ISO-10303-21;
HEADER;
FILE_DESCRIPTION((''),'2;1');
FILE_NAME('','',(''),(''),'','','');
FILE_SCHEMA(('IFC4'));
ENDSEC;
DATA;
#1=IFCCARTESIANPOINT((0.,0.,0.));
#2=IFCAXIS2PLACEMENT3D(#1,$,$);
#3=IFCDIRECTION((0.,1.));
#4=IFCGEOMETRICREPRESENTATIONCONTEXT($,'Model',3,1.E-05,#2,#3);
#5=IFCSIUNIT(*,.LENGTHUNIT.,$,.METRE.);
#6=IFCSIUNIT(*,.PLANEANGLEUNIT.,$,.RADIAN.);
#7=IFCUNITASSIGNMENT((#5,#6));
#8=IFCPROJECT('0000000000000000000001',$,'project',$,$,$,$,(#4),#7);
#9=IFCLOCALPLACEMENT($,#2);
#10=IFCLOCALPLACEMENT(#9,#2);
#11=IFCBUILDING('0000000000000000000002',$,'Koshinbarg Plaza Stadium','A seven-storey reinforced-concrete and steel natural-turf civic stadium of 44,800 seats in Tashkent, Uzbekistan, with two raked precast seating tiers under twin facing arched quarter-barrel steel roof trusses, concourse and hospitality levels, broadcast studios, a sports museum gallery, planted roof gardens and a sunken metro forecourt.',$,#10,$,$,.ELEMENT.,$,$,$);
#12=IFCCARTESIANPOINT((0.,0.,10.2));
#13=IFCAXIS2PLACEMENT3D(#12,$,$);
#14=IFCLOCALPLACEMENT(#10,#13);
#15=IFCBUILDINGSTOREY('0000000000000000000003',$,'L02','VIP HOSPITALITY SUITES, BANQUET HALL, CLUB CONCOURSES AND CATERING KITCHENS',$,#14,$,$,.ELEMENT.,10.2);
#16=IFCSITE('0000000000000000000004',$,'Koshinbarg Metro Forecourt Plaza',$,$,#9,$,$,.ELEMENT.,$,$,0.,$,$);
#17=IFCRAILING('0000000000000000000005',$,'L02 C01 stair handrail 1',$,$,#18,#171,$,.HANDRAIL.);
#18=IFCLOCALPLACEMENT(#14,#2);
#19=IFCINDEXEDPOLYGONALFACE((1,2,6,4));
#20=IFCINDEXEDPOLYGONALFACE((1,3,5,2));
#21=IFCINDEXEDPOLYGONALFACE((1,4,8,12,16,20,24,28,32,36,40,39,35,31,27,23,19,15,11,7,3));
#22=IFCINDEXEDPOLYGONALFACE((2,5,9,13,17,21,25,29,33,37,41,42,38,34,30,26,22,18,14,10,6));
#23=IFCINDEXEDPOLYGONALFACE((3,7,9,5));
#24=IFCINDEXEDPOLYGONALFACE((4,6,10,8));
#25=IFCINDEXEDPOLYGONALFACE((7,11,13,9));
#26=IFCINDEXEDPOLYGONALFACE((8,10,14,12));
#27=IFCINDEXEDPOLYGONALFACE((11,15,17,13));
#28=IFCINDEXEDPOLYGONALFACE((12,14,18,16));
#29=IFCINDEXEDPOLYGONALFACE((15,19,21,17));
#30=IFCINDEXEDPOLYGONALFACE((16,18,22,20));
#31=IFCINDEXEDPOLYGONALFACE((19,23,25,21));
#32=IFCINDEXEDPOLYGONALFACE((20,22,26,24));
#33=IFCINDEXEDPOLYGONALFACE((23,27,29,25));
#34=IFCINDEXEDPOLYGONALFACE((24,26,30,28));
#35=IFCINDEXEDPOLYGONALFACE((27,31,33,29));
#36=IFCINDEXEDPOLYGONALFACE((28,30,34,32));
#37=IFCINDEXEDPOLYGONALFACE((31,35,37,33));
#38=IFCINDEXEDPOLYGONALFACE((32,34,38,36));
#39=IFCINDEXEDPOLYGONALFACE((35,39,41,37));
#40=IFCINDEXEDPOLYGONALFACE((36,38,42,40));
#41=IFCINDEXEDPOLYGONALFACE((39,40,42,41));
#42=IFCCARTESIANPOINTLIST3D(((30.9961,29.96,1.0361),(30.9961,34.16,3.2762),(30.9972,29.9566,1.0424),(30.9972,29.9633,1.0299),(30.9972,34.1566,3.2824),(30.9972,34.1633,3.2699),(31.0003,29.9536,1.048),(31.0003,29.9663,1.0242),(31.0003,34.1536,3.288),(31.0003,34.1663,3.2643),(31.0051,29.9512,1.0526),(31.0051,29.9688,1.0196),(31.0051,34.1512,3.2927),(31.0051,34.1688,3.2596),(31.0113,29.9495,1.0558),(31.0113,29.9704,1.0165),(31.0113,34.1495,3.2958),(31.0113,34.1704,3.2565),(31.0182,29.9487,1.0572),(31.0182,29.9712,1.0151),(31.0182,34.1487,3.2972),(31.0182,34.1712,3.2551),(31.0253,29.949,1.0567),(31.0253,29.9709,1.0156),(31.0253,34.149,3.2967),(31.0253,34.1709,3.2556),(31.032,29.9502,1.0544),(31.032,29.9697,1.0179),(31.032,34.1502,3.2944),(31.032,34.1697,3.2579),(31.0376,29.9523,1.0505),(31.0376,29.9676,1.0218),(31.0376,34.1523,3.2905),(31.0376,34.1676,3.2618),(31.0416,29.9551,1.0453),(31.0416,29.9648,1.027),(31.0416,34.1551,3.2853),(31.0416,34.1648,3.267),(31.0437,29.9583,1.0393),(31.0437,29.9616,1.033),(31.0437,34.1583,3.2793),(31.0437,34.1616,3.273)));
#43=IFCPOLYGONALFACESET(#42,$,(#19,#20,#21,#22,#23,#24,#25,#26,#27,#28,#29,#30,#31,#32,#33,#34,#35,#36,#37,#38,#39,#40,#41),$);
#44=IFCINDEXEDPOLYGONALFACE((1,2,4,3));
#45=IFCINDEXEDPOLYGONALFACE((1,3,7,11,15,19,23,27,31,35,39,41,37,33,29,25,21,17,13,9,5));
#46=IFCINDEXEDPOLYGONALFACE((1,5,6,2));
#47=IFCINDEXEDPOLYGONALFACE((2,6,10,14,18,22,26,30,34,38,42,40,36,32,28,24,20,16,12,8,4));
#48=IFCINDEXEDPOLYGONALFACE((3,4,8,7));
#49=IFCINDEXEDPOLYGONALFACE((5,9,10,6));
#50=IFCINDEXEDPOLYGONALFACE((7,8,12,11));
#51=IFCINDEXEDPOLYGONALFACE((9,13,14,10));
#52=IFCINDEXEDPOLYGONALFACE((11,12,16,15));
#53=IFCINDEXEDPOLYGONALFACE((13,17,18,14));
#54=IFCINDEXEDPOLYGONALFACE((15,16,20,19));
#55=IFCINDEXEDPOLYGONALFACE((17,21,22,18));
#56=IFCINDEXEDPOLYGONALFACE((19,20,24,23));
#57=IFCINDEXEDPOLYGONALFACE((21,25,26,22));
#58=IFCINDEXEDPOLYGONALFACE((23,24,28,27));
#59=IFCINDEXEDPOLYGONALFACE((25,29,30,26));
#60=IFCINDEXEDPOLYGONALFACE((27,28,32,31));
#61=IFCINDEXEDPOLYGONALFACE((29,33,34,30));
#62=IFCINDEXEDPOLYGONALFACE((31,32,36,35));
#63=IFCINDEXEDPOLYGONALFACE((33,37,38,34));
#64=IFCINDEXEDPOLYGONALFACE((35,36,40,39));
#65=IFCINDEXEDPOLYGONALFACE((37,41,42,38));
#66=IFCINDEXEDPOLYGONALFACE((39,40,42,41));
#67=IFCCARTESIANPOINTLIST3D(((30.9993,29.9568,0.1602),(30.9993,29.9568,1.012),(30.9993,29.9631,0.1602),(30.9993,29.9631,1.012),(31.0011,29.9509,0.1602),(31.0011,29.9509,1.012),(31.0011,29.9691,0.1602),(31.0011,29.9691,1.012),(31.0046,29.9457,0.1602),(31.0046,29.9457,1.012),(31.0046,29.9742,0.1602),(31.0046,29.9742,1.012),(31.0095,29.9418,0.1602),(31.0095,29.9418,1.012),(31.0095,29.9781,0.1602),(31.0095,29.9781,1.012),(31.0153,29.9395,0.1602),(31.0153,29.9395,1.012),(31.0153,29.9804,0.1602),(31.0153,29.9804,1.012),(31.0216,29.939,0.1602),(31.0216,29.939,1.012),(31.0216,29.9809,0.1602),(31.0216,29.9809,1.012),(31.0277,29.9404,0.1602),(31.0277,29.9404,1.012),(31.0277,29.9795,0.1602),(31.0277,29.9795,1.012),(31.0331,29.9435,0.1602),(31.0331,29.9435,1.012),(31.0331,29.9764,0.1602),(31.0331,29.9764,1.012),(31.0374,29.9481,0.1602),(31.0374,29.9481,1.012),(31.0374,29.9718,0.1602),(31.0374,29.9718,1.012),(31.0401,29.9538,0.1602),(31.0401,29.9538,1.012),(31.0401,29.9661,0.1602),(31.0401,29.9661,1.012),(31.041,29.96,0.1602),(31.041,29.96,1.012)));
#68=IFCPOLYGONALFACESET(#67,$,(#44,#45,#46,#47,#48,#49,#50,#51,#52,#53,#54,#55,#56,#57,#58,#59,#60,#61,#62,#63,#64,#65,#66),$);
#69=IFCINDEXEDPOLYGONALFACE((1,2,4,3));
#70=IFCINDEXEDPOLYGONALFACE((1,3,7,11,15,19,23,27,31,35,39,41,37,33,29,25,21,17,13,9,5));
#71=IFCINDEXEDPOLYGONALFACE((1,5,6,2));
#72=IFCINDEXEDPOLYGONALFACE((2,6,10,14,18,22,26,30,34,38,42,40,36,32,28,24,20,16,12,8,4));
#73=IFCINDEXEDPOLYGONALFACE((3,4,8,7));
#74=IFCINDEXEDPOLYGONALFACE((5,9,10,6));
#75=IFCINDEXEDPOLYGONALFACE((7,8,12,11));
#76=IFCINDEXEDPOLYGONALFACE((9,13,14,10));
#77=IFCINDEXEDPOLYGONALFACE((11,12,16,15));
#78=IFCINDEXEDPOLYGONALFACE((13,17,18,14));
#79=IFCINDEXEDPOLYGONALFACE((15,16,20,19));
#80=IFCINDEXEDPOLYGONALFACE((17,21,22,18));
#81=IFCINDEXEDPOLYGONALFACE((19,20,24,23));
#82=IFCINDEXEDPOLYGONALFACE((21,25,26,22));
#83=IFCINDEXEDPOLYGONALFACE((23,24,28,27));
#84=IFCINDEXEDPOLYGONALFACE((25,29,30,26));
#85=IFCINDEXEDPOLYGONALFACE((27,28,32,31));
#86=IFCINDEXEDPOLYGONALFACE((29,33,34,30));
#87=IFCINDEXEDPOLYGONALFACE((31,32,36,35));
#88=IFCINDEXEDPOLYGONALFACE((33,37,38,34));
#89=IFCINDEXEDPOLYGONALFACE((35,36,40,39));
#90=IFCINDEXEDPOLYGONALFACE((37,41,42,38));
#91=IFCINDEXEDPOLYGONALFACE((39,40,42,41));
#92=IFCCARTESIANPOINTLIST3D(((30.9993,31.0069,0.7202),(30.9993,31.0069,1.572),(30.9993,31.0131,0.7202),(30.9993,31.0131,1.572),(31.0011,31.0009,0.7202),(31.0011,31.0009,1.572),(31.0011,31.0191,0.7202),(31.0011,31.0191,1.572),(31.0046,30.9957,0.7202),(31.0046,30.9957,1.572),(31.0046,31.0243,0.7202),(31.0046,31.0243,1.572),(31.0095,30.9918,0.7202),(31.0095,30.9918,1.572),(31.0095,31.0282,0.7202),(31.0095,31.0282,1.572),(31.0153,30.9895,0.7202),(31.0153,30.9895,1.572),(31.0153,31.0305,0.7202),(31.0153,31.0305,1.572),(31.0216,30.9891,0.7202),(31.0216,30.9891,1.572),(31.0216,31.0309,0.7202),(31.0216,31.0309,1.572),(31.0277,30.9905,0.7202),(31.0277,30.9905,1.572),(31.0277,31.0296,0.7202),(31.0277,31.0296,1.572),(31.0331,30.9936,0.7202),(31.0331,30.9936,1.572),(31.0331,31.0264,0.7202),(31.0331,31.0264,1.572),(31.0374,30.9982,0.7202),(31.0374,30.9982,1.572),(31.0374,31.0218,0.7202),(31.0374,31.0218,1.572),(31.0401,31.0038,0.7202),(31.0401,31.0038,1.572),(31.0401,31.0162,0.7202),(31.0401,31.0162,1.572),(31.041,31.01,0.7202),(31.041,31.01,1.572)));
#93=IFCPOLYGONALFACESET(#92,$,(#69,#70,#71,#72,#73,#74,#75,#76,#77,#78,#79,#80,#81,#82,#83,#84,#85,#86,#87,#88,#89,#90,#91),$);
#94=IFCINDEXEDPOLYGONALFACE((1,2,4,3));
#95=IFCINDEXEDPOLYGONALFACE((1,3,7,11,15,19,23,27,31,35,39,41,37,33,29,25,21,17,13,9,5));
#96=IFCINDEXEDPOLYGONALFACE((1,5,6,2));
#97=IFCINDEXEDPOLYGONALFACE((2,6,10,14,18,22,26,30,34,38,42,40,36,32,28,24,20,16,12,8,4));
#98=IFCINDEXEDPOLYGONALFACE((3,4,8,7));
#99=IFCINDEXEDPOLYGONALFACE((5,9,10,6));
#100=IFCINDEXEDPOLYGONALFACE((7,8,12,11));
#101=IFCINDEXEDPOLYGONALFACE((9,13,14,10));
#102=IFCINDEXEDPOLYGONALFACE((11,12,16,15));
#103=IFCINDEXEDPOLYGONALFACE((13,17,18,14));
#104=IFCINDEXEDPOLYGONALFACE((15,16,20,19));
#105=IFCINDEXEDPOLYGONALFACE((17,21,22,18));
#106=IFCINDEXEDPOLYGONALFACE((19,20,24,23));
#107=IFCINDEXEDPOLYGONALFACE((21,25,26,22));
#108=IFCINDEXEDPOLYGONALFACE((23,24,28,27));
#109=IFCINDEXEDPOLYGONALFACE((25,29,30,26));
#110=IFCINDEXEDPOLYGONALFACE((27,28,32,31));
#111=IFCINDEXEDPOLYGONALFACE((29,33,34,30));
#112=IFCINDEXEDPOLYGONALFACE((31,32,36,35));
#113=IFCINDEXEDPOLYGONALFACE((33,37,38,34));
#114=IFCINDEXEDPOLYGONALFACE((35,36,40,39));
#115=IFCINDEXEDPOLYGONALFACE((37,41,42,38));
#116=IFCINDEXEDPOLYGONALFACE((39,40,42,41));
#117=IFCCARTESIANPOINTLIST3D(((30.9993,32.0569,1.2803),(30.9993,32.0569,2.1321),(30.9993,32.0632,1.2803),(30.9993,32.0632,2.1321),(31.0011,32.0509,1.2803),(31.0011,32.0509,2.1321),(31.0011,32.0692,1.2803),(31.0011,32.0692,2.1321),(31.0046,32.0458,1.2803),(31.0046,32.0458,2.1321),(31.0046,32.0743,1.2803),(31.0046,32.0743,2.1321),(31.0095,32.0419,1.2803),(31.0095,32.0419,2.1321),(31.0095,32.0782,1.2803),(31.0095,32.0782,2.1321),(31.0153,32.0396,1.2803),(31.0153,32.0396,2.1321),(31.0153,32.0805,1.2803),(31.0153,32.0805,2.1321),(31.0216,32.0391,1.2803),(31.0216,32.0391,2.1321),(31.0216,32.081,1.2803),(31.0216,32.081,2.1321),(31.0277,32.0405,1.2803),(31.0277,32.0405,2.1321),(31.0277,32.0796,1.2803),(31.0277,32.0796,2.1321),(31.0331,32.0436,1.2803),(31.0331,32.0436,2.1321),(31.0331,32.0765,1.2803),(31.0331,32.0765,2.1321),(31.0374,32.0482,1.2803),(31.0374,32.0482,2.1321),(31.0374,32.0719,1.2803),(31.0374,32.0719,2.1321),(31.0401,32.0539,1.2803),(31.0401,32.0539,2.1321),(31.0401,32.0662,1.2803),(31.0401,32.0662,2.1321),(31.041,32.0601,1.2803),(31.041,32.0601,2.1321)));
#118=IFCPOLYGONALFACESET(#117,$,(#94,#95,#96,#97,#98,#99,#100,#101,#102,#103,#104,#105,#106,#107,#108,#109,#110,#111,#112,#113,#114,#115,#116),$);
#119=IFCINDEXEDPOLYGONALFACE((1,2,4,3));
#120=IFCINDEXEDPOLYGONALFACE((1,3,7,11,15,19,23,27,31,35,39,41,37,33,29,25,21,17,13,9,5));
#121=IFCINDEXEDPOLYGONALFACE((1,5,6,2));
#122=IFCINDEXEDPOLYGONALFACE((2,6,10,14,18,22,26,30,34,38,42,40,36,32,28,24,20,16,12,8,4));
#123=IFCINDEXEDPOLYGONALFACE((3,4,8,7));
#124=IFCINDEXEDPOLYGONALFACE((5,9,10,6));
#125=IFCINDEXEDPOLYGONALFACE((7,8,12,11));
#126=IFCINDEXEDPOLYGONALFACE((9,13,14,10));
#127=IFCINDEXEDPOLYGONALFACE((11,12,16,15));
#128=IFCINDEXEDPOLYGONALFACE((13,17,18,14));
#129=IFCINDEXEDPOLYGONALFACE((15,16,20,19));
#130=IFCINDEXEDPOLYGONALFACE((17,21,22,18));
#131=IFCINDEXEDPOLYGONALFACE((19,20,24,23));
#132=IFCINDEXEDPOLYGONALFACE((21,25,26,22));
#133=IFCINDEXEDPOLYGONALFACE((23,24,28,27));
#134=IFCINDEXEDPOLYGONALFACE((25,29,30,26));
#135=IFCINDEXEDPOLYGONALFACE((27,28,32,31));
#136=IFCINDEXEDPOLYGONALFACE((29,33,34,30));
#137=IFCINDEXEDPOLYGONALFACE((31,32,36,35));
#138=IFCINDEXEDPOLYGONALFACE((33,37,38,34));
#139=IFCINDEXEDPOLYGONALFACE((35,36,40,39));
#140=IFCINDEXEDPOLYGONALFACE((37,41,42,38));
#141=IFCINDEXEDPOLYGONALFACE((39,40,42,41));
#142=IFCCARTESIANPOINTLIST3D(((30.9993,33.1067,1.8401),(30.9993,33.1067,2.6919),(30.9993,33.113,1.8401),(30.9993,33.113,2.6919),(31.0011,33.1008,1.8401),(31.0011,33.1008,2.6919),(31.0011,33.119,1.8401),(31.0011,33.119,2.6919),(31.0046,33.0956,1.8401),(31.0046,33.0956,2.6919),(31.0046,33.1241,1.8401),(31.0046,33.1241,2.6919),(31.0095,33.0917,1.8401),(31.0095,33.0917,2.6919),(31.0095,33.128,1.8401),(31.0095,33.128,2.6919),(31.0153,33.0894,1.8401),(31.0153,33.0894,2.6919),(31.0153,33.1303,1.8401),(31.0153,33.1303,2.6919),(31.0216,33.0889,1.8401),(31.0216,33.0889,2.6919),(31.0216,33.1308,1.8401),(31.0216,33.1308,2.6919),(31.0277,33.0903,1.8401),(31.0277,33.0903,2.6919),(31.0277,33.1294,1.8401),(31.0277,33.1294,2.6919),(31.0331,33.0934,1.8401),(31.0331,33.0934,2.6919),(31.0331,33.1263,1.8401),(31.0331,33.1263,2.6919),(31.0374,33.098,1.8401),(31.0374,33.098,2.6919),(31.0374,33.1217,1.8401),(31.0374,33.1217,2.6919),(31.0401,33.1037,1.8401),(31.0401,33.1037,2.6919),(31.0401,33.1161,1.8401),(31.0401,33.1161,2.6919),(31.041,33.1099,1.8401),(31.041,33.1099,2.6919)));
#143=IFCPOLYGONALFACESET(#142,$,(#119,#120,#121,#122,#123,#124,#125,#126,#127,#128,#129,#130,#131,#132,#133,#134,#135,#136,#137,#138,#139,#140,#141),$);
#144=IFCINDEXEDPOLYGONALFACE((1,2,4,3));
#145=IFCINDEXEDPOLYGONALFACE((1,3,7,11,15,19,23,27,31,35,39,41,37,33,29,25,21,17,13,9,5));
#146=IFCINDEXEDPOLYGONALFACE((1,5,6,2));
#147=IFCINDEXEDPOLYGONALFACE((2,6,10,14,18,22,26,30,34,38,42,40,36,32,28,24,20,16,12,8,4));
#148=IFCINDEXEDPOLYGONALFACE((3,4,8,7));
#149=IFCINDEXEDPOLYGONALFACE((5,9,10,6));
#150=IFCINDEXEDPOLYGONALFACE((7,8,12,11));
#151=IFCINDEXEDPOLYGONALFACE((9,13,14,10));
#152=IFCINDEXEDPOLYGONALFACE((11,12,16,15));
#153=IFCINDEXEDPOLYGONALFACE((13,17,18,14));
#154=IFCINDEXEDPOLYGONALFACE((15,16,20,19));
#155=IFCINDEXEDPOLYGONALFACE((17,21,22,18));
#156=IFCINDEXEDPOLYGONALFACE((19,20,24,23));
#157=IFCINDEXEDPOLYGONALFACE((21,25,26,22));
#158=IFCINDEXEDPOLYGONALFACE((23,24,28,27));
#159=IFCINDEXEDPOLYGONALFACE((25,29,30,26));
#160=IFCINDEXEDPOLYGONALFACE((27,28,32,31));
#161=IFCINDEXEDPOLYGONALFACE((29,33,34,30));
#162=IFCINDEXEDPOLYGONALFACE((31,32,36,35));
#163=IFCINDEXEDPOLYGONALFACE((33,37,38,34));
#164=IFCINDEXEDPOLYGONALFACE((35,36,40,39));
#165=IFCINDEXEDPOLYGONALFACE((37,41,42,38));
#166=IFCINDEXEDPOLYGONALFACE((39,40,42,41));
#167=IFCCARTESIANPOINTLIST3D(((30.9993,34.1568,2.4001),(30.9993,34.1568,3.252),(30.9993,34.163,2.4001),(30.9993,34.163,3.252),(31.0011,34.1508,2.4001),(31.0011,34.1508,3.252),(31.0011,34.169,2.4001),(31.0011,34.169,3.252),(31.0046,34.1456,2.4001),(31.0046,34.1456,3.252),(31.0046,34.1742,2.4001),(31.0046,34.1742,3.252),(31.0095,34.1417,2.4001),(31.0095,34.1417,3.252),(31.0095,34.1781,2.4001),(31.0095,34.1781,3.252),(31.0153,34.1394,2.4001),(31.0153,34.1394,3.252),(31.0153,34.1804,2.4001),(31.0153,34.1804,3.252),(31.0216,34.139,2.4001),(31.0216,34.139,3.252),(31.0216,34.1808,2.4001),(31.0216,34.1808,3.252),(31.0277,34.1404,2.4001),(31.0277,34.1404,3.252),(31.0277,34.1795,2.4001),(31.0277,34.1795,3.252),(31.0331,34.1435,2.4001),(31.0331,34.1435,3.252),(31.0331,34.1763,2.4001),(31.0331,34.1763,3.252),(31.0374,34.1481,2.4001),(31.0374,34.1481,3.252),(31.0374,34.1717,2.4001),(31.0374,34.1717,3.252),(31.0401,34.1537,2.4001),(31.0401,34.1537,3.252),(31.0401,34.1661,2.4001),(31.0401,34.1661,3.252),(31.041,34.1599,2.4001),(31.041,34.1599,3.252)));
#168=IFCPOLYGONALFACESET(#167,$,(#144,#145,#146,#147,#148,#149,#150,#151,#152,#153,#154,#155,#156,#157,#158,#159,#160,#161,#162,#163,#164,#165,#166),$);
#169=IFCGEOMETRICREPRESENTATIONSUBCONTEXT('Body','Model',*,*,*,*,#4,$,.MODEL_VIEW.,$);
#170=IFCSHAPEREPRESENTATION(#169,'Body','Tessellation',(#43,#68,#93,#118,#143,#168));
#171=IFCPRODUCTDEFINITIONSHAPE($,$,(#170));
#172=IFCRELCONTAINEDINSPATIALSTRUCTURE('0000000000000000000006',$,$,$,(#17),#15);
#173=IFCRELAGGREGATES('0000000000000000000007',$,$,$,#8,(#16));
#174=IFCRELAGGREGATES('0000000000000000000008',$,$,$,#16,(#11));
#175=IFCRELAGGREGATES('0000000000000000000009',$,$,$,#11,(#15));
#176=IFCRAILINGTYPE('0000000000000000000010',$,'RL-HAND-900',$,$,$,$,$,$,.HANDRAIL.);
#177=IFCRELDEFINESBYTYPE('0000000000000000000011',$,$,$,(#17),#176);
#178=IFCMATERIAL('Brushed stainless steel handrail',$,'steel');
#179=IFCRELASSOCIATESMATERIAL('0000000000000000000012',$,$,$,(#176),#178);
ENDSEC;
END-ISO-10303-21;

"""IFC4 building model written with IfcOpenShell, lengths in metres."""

from ifc_helpers import new_model, si_unit, direction, frame, origin, origin_2d, place, context, subcontext, project, spatial, circle, extrude, material, type_object, element, save


model = new_model("IFC4")

# Units and contexts
model_context = context("Model", 3, precision=1e-05, world=origin(), true_north=direction((0.0, 1.0)))
body_context = subcontext(model_context, "Body", "Model", "MODEL_VIEW")
ifc_project = project(units=[si_unit("LENGTHUNIT", "METRE"), si_unit("PLANEANGLEUNIT", "RADIAN")], contexts=[model_context])

# Site, building, storey
site_placement = place(None, origin())
site = spatial("IfcSite", under=ifc_project, at=site_placement, Name="Koshinbarg Metro Forecourt Plaza", CompositionType="ELEMENT", RefElevation=0.0)
building_placement = place(site_placement, origin())
building = spatial("IfcBuilding", under=site, at=building_placement, Name="Koshinbarg Plaza Stadium", Description="A seven-storey reinforced-concrete and steel natural-turf civic stadium of 44,800 seats in Tashkent, Uzbekistan, with two raked precast seating tiers under twin facing arched quarter-barrel steel roof trusses, concourse and hospitality levels, broadcast studios, a sports museum gallery, planted roof gardens and a sunken metro forecourt.", CompositionType="ELEMENT")
storey_placement = place(building_placement, frame((0.0, 0.0, 10.2)))
storey = spatial("IfcBuildingStorey", under=building, at=storey_placement, Name="L02", Description="VIP HOSPITALITY SUITES, BANQUET HALL, CLUB CONCOURSES AND CATERING KITCHENS", CompositionType="ELEMENT", Elevation=10.2)

# Railing
ifc_material_1 = material(Name="Brushed stainless steel handrail", Category="steel")
railing_type_1 = type_object("IfcRailingType", Name="RL-HAND-900", PredefinedType="HANDRAIL", material=ifc_material_1)
railing_1_placement = place(storey_placement, frame((31.02, 29.96, 0.1602)))
element("IfcRailing", 1, at=railing_1_placement, inside=storey, type_object=railing_type_1, Name="L02 C01 stair handrail 1", PredefinedType="HANDRAIL", context=body_context, shape_type="SweptSolid", body=[
    extrude(circle(Radius=0.0239, at=origin_2d()), frame((0.0, 0.0, 0.876), z_axis=(0.0, 0.882352, 0.470591), x_axis=(-1.0, 0.0, 0.0)), (0.0, 0.0, 1.0), 4.76),
    extrude(circle(Radius=0.021, at=origin_2d()), origin(), (0.0, 0.0, 1.0), 0.8518),
    extrude(circle(Radius=0.021, at=origin_2d()), frame((0.0, 1.05, 0.5601)), (0.0, 0.0, 1.0), 0.8518),
    extrude(circle(Radius=0.021, at=origin_2d()), frame((0.0, 2.1001, 1.1201)), (0.0, 0.0, 1.0), 0.8518),
    extrude(circle(Radius=0.021, at=origin_2d()), frame((0.0, 3.1499, 1.6799)), (0.0, 0.0, 1.0), 0.8518),
    extrude(circle(Radius=0.021, at=origin_2d()), frame((0.0, 4.2, 2.24)), (0.0, 0.0, 1.0), 0.8518),
])

save(model, "model.ifc")
